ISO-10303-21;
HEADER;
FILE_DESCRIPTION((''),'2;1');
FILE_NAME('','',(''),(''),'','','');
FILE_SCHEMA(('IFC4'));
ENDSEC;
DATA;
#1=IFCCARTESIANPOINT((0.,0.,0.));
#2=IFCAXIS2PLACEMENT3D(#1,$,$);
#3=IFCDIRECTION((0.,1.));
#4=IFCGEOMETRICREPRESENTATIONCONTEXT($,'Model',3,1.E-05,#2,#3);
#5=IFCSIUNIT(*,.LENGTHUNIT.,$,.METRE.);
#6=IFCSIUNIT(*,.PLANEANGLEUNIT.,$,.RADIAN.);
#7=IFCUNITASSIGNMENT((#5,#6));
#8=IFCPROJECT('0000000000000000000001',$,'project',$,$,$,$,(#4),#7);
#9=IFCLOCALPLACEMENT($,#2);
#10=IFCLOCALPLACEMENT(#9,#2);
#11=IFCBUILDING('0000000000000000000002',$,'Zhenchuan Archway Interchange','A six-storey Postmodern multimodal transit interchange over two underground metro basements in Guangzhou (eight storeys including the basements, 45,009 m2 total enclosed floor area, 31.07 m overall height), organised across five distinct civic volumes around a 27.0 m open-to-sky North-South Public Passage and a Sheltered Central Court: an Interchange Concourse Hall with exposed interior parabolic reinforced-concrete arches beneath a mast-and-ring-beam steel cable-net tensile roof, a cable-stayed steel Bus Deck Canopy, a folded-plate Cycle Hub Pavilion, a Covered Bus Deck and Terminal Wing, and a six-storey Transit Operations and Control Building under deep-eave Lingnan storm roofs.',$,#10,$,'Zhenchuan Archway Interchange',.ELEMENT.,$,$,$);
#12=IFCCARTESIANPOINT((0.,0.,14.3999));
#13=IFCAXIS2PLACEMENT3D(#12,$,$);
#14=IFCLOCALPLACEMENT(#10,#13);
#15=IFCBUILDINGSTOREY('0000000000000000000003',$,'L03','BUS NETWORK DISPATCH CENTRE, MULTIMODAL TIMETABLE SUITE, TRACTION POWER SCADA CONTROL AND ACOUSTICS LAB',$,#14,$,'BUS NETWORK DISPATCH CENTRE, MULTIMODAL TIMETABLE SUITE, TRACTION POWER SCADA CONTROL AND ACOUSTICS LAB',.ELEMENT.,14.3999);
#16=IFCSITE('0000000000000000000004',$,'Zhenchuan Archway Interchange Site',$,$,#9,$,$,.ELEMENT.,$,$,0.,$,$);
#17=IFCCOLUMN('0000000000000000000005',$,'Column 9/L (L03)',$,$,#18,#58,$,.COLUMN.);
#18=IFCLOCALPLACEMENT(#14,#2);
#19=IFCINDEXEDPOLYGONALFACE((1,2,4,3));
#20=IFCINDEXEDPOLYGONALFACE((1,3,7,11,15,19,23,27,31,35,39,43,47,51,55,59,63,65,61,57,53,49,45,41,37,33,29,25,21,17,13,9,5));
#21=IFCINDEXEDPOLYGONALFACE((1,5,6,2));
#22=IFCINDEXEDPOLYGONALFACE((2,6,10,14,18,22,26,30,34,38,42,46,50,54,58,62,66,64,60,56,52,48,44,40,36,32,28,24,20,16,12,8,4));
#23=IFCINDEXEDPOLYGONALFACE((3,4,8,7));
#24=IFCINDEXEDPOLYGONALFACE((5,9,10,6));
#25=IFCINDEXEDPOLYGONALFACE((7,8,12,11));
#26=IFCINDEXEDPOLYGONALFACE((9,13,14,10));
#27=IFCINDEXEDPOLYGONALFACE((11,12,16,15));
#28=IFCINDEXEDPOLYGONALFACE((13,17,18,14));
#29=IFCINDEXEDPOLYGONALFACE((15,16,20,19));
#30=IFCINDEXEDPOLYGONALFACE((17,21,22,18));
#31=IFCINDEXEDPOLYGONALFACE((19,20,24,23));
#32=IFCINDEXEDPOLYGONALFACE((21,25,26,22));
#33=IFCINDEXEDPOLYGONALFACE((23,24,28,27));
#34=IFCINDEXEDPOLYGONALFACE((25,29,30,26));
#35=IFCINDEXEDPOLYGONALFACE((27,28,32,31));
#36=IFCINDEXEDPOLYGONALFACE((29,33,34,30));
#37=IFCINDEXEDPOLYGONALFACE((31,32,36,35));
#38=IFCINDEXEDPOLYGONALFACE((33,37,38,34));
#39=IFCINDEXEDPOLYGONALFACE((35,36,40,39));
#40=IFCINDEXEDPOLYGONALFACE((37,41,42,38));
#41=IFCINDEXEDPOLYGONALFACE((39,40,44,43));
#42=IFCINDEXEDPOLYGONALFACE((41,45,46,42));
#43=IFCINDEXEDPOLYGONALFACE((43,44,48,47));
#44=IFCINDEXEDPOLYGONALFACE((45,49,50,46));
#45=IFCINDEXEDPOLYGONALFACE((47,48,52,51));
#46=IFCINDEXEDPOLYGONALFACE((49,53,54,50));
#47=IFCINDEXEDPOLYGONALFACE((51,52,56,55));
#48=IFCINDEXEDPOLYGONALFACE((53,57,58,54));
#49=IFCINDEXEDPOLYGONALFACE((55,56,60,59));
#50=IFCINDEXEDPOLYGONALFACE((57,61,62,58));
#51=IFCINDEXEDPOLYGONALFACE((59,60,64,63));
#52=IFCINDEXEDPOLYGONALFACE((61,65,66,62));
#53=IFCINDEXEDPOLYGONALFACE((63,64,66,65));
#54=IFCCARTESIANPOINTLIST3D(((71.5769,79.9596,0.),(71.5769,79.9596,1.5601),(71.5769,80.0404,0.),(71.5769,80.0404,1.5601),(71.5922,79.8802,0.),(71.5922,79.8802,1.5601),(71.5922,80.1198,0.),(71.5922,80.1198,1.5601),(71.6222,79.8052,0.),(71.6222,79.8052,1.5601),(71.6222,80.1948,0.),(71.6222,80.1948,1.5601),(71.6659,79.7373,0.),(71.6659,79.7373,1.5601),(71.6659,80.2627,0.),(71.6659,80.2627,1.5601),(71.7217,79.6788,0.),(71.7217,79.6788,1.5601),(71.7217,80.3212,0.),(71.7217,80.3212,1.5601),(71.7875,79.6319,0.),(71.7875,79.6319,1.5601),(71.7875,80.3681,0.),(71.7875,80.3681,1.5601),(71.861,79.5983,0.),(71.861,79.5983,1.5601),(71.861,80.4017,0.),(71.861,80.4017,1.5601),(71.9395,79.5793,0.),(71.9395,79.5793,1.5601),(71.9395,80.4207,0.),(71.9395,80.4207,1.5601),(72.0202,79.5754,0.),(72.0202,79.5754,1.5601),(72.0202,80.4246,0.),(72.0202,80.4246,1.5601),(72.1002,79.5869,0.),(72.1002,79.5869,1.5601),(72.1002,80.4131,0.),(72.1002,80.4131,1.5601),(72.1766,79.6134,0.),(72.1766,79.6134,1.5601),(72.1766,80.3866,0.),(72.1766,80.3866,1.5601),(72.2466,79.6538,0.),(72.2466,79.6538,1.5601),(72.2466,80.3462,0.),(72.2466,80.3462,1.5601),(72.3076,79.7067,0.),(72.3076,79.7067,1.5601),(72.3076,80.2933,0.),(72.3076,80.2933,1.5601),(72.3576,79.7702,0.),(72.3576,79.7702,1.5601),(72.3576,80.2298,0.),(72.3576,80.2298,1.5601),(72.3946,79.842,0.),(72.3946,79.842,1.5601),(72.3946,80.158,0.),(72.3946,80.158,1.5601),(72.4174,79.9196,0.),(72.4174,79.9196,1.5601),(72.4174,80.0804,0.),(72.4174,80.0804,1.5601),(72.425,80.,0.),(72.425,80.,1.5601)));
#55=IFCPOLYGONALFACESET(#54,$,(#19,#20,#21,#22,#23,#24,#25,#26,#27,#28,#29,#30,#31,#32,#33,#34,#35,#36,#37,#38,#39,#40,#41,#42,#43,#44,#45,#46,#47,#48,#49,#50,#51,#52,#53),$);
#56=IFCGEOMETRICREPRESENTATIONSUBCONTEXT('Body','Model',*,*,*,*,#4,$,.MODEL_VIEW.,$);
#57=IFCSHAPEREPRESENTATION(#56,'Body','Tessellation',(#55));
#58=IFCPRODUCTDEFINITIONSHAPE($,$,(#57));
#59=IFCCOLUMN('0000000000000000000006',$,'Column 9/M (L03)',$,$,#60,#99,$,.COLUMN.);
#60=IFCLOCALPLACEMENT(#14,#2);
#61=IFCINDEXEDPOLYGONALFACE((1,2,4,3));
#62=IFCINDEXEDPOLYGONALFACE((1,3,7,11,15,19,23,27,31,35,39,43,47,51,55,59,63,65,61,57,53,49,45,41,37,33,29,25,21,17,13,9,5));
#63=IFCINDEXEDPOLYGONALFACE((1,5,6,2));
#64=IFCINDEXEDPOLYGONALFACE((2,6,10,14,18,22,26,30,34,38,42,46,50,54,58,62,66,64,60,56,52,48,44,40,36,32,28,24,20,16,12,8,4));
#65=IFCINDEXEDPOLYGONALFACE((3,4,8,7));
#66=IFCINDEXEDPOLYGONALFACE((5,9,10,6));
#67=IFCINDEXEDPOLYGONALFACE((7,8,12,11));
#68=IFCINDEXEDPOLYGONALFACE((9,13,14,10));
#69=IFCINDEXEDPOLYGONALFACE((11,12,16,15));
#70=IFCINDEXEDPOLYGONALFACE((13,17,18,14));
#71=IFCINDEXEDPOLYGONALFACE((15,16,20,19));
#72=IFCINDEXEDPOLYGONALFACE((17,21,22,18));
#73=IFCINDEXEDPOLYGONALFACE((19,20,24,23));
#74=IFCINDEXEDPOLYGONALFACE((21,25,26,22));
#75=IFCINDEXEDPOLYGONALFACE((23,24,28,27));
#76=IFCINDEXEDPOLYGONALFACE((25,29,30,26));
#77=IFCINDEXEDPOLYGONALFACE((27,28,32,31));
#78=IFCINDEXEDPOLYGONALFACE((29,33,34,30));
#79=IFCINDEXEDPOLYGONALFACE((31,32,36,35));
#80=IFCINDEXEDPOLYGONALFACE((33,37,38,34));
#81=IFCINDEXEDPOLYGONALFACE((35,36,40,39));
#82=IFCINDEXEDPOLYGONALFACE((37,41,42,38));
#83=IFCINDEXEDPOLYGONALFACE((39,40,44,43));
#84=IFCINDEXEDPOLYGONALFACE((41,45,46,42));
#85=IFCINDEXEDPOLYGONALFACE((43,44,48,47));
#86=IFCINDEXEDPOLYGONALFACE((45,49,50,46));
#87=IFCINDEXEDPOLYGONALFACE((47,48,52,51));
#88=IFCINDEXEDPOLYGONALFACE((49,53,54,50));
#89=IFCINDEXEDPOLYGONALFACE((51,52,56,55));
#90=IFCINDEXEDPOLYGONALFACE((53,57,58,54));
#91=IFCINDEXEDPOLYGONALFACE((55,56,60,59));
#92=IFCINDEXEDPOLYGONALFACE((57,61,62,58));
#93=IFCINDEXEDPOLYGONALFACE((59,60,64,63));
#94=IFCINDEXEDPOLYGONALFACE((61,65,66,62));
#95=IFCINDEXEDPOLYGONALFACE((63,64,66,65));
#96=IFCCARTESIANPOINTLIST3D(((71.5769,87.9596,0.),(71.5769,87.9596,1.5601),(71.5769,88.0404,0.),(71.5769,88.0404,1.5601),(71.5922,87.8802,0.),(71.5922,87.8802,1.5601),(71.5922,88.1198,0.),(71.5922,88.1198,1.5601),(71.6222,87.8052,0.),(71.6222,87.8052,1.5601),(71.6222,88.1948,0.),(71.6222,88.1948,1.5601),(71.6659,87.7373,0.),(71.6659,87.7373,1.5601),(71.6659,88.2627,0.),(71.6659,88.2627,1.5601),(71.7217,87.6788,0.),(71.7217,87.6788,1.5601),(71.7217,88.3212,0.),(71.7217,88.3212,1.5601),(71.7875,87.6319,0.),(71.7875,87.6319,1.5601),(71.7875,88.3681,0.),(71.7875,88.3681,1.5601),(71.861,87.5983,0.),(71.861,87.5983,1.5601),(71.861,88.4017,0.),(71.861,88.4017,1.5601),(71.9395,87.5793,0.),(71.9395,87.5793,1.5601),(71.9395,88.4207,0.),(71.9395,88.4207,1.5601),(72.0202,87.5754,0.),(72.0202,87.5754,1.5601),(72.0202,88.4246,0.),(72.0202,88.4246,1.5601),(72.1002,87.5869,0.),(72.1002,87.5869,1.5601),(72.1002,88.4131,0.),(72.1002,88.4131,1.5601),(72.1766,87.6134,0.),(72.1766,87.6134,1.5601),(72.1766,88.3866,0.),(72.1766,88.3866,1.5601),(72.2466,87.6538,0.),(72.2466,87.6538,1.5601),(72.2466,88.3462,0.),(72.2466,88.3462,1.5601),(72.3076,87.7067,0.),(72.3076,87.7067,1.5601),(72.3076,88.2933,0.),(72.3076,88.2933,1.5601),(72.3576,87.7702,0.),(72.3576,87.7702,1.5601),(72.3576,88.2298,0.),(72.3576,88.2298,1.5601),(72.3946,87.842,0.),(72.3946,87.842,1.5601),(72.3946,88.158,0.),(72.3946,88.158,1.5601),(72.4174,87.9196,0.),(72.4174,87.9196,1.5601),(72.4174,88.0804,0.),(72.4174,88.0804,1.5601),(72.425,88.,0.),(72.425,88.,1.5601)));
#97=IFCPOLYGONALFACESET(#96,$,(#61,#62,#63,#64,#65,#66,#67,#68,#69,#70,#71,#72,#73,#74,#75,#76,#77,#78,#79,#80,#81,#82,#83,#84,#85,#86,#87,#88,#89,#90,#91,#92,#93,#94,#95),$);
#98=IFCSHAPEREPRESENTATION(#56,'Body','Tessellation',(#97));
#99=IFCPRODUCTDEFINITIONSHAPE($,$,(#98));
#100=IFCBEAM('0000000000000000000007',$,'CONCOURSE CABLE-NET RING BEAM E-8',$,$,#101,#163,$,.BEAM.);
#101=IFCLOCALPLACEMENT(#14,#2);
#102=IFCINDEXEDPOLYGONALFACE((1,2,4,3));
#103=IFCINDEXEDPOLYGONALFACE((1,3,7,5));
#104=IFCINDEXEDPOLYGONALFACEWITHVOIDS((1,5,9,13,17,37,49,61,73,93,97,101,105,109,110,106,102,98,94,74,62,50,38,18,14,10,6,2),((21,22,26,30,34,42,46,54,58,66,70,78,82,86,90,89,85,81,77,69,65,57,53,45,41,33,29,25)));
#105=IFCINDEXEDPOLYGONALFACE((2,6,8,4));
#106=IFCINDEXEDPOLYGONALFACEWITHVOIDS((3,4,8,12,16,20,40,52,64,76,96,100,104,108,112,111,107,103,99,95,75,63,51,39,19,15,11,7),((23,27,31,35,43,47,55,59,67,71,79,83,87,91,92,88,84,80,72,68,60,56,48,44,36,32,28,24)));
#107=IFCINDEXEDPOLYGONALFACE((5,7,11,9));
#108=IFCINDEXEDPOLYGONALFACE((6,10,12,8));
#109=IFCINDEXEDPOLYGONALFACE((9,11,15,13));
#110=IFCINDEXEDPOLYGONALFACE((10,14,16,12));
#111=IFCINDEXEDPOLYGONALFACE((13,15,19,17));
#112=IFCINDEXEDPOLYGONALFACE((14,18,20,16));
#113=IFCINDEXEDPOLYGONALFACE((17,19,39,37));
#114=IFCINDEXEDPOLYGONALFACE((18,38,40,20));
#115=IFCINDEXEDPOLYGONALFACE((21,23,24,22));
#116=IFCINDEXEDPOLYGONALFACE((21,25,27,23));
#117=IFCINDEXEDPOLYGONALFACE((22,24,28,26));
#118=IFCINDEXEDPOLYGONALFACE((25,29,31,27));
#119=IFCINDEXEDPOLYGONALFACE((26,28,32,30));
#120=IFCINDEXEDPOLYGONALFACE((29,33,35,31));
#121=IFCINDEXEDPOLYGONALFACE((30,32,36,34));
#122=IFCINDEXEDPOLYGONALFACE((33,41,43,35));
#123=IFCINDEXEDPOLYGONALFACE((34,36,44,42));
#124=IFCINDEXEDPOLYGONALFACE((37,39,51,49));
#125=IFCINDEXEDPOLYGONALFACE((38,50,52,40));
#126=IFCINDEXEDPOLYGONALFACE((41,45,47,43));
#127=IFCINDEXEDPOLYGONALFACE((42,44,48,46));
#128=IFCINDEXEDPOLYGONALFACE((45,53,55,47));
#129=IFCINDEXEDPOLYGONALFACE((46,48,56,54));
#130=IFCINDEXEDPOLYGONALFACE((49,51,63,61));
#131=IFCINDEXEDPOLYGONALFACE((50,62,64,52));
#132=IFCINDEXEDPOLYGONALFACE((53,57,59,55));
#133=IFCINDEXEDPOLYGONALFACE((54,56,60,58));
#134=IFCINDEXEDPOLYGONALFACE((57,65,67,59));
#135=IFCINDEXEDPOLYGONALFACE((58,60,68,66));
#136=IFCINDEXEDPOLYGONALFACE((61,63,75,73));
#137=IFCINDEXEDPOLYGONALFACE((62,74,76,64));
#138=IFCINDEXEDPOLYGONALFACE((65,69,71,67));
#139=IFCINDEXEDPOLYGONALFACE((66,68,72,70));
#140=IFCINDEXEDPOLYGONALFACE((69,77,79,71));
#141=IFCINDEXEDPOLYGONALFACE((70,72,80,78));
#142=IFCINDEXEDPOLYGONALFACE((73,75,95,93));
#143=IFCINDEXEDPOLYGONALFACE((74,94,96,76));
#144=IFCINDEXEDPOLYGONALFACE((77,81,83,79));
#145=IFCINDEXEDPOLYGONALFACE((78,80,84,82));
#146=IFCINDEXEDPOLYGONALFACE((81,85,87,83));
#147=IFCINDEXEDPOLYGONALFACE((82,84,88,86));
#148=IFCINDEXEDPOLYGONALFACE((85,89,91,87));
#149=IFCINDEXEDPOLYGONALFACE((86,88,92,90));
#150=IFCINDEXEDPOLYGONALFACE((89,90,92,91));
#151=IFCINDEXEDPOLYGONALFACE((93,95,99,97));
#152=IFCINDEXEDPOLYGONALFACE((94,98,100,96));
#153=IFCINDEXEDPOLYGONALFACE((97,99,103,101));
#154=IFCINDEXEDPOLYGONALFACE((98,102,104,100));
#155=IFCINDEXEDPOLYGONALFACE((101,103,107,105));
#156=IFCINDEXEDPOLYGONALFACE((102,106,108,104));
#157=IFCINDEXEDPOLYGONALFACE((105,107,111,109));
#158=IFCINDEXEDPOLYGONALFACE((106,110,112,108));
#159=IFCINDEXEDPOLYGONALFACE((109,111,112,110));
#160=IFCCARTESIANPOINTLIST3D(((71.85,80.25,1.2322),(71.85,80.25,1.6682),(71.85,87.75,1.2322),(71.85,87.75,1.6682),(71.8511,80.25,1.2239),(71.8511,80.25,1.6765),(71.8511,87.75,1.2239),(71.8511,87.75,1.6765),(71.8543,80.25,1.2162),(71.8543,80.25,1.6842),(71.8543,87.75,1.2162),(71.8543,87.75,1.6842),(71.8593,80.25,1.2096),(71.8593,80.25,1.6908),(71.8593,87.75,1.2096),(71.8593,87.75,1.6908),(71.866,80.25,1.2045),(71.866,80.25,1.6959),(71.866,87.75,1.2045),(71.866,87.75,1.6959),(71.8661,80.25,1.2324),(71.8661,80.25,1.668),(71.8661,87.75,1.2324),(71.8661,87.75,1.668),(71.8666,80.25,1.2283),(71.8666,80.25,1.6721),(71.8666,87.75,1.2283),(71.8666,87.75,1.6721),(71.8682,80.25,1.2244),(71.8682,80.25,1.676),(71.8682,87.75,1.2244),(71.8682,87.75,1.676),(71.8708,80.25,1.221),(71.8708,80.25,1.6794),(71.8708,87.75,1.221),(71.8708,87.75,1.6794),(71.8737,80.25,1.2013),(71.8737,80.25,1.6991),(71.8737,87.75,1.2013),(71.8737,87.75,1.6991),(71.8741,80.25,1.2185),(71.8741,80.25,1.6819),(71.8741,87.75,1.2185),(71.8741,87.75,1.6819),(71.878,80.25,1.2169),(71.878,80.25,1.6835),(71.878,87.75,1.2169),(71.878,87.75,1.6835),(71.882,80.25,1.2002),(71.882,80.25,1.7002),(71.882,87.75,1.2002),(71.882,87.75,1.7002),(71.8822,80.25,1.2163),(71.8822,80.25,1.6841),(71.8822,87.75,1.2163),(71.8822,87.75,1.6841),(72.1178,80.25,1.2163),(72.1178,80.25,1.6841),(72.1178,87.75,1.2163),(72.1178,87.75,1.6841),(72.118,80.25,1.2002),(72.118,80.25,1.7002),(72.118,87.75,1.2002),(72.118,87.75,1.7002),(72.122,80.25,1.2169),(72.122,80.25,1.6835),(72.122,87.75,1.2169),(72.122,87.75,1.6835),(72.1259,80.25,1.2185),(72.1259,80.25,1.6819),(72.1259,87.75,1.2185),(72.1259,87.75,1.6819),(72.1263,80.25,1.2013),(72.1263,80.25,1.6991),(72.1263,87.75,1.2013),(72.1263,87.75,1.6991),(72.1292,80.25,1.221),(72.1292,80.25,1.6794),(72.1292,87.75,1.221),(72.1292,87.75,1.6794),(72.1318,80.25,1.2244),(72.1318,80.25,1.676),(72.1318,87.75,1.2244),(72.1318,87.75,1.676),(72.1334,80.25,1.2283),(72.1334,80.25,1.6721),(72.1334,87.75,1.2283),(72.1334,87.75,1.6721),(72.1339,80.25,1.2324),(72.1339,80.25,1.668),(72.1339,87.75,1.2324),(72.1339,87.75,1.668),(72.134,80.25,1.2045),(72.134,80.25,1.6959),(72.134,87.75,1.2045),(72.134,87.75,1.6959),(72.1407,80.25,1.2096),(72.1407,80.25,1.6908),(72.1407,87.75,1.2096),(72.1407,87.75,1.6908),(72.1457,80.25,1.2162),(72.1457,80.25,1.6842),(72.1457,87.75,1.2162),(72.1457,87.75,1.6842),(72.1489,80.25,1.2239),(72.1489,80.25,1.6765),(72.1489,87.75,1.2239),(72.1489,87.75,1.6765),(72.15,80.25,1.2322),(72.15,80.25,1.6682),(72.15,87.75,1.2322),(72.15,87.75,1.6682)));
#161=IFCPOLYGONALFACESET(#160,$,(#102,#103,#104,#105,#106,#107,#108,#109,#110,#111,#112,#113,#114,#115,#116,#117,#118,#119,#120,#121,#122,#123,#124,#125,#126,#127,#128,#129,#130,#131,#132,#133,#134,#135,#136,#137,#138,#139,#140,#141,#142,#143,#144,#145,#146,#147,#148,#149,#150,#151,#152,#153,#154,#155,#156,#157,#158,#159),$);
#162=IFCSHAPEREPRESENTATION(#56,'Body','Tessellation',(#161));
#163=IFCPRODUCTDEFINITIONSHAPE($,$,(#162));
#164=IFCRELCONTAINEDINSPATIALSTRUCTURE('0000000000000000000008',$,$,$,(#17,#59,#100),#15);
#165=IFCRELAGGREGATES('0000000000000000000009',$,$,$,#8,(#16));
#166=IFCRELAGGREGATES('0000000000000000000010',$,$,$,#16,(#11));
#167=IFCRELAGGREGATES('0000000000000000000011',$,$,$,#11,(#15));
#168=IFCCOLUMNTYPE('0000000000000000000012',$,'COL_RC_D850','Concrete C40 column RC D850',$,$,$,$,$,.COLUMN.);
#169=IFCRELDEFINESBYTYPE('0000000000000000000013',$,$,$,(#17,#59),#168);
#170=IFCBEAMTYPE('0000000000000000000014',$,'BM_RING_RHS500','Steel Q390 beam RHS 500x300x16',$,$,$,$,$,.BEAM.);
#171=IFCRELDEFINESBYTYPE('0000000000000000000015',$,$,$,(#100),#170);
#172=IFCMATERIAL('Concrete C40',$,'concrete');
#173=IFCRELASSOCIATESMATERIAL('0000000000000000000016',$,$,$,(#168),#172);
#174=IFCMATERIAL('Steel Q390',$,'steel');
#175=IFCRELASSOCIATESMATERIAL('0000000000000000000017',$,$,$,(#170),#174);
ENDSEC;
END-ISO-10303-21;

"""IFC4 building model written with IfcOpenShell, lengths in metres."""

from ifc_helpers import new_model, si_unit, direction, frame, origin, origin_2d, place, context, subcontext, project, spatial, hollow_rectangle, circle, extrude, material, material_profile, profile_set, type_object, element, save


model = new_model("IFC4")

# Units and contexts
model_context = context("Model", 3, precision=1e-05, world=origin(), true_north=direction((0.0, 1.0)))
body_context = subcontext(model_context, "Body", "Model", "MODEL_VIEW")
ifc_project = project(units=[si_unit("LENGTHUNIT", "METRE"), si_unit("PLANEANGLEUNIT", "RADIAN")], contexts=[model_context])

# Site, building, storey
site_placement = place(None, origin())
site = spatial("IfcSite", under=ifc_project, at=site_placement, Name="Zhenchuan Archway Interchange Site", CompositionType="ELEMENT", RefElevation=0.0)
building_placement = place(site_placement, origin())
building = spatial("IfcBuilding", under=site, at=building_placement, Name="Zhenchuan Archway Interchange", Description="A six-storey Postmodern multimodal transit interchange over two underground metro basements in Guangzhou (eight storeys including the basements, 45,009 m2 total enclosed floor area, 31.07 m overall height), organised across five distinct civic volumes around a 27.0 m open-to-sky North-South Public Passage and a Sheltered Central Court: an Interchange Concourse Hall with exposed interior parabolic reinforced-concrete arches beneath a mast-and-ring-beam steel cable-net tensile roof, a cable-stayed steel Bus Deck Canopy, a folded-plate Cycle Hub Pavilion, a Covered Bus Deck and Terminal Wing, and a six-storey Transit Operations and Control Building under deep-eave Lingnan storm roofs.", LongName="Zhenchuan Archway Interchange", CompositionType="ELEMENT")
storey_placement = place(building_placement, frame((0.0, 0.0, 14.3999)))
storey = spatial("IfcBuildingStorey", under=building, at=storey_placement, Name="L03", Description="BUS NETWORK DISPATCH CENTRE, MULTIMODAL TIMETABLE SUITE, TRACTION POWER SCADA CONTROL AND ACOUSTICS LAB", LongName="BUS NETWORK DISPATCH CENTRE, MULTIMODAL TIMETABLE SUITE, TRACTION POWER SCADA CONTROL AND ACOUSTICS LAB", CompositionType="ELEMENT", Elevation=14.3999)

# Columns
ifc_material_1 = material(Name="Concrete C40", Category="concrete")
ifc_material_profile_1 = material_profile(ifc_material_1, circle(Radius=0.425, at=origin_2d()), Name="RC D850")
ifc_profile_set_1 = profile_set([ifc_material_profile_1], Name="Concrete C40")
column_type = type_object("IfcColumnType", Name="COL_RC_D850", Description="Concrete C40 column RC D850", PredefinedType="COLUMN", material=ifc_profile_set_1)
for number, where, z_axis, x_axis, name in (
    (1, (72.0, 80.0, 0.0), (0.0, 0.0, 1.0), (1.0, 0.0, 0.0), "Column 9/L (L03)"),
    (2, (72.0, 88.0, 0.0), (0.0, 0.0, 1.0), (1.0, 0.0, 0.0), "Column 9/M (L03)"),
):
    element("IfcColumn", number, at=place(storey_placement, frame(where, z_axis=z_axis, x_axis=x_axis)), inside=storey, type_object=column_type, Name=name, PredefinedType="COLUMN", context=body_context, shape_type="SweptSolid", body=[
        extrude(circle(Radius=0.425, at=origin_2d()), origin(), (0.0, 0.0, 1.0), 1.5601),
    ])

# Beam
ifc_material_2 = material(Name="Steel Q390", Category="steel")
ifc_material_profile_2 = material_profile(ifc_material_2, hollow_rectangle(XDim=0.3, YDim=0.5, WallThickness=0.0161, InnerFilletRadius=0.0161, OuterFilletRadius=0.032, at=origin_2d()), Name="RHS 500x300x16")
ifc_profile_set_2 = profile_set([ifc_material_profile_2], Name="Steel Q390")
beam_type = type_object("IfcBeamType", Name="BM_RING_RHS500", Description="Steel Q390 beam RHS 500x300x16", PredefinedType="BEAM", material=ifc_profile_set_2)
beam_placement = place(storey_placement, frame((72.0, 80.25, 1.4502), z_axis=(0.0, 1.0, 0.0), x_axis=(-1.0, 0.0, 0.0)))
element("IfcBeam", 3, at=beam_placement, inside=storey, type_object=beam_type, Name="CONCOURSE CABLE-NET RING BEAM E-8", PredefinedType="BEAM", context=body_context, shape_type="SweptSolid", body=[
    extrude(hollow_rectangle(XDim=0.3, YDim=0.5, WallThickness=0.0161, InnerFilletRadius=0.0161, OuterFilletRadius=0.032, at=origin_2d()), origin(), (0.0, 0.0, 1.0), 7.5),
])

save(model, "model.ifc")
